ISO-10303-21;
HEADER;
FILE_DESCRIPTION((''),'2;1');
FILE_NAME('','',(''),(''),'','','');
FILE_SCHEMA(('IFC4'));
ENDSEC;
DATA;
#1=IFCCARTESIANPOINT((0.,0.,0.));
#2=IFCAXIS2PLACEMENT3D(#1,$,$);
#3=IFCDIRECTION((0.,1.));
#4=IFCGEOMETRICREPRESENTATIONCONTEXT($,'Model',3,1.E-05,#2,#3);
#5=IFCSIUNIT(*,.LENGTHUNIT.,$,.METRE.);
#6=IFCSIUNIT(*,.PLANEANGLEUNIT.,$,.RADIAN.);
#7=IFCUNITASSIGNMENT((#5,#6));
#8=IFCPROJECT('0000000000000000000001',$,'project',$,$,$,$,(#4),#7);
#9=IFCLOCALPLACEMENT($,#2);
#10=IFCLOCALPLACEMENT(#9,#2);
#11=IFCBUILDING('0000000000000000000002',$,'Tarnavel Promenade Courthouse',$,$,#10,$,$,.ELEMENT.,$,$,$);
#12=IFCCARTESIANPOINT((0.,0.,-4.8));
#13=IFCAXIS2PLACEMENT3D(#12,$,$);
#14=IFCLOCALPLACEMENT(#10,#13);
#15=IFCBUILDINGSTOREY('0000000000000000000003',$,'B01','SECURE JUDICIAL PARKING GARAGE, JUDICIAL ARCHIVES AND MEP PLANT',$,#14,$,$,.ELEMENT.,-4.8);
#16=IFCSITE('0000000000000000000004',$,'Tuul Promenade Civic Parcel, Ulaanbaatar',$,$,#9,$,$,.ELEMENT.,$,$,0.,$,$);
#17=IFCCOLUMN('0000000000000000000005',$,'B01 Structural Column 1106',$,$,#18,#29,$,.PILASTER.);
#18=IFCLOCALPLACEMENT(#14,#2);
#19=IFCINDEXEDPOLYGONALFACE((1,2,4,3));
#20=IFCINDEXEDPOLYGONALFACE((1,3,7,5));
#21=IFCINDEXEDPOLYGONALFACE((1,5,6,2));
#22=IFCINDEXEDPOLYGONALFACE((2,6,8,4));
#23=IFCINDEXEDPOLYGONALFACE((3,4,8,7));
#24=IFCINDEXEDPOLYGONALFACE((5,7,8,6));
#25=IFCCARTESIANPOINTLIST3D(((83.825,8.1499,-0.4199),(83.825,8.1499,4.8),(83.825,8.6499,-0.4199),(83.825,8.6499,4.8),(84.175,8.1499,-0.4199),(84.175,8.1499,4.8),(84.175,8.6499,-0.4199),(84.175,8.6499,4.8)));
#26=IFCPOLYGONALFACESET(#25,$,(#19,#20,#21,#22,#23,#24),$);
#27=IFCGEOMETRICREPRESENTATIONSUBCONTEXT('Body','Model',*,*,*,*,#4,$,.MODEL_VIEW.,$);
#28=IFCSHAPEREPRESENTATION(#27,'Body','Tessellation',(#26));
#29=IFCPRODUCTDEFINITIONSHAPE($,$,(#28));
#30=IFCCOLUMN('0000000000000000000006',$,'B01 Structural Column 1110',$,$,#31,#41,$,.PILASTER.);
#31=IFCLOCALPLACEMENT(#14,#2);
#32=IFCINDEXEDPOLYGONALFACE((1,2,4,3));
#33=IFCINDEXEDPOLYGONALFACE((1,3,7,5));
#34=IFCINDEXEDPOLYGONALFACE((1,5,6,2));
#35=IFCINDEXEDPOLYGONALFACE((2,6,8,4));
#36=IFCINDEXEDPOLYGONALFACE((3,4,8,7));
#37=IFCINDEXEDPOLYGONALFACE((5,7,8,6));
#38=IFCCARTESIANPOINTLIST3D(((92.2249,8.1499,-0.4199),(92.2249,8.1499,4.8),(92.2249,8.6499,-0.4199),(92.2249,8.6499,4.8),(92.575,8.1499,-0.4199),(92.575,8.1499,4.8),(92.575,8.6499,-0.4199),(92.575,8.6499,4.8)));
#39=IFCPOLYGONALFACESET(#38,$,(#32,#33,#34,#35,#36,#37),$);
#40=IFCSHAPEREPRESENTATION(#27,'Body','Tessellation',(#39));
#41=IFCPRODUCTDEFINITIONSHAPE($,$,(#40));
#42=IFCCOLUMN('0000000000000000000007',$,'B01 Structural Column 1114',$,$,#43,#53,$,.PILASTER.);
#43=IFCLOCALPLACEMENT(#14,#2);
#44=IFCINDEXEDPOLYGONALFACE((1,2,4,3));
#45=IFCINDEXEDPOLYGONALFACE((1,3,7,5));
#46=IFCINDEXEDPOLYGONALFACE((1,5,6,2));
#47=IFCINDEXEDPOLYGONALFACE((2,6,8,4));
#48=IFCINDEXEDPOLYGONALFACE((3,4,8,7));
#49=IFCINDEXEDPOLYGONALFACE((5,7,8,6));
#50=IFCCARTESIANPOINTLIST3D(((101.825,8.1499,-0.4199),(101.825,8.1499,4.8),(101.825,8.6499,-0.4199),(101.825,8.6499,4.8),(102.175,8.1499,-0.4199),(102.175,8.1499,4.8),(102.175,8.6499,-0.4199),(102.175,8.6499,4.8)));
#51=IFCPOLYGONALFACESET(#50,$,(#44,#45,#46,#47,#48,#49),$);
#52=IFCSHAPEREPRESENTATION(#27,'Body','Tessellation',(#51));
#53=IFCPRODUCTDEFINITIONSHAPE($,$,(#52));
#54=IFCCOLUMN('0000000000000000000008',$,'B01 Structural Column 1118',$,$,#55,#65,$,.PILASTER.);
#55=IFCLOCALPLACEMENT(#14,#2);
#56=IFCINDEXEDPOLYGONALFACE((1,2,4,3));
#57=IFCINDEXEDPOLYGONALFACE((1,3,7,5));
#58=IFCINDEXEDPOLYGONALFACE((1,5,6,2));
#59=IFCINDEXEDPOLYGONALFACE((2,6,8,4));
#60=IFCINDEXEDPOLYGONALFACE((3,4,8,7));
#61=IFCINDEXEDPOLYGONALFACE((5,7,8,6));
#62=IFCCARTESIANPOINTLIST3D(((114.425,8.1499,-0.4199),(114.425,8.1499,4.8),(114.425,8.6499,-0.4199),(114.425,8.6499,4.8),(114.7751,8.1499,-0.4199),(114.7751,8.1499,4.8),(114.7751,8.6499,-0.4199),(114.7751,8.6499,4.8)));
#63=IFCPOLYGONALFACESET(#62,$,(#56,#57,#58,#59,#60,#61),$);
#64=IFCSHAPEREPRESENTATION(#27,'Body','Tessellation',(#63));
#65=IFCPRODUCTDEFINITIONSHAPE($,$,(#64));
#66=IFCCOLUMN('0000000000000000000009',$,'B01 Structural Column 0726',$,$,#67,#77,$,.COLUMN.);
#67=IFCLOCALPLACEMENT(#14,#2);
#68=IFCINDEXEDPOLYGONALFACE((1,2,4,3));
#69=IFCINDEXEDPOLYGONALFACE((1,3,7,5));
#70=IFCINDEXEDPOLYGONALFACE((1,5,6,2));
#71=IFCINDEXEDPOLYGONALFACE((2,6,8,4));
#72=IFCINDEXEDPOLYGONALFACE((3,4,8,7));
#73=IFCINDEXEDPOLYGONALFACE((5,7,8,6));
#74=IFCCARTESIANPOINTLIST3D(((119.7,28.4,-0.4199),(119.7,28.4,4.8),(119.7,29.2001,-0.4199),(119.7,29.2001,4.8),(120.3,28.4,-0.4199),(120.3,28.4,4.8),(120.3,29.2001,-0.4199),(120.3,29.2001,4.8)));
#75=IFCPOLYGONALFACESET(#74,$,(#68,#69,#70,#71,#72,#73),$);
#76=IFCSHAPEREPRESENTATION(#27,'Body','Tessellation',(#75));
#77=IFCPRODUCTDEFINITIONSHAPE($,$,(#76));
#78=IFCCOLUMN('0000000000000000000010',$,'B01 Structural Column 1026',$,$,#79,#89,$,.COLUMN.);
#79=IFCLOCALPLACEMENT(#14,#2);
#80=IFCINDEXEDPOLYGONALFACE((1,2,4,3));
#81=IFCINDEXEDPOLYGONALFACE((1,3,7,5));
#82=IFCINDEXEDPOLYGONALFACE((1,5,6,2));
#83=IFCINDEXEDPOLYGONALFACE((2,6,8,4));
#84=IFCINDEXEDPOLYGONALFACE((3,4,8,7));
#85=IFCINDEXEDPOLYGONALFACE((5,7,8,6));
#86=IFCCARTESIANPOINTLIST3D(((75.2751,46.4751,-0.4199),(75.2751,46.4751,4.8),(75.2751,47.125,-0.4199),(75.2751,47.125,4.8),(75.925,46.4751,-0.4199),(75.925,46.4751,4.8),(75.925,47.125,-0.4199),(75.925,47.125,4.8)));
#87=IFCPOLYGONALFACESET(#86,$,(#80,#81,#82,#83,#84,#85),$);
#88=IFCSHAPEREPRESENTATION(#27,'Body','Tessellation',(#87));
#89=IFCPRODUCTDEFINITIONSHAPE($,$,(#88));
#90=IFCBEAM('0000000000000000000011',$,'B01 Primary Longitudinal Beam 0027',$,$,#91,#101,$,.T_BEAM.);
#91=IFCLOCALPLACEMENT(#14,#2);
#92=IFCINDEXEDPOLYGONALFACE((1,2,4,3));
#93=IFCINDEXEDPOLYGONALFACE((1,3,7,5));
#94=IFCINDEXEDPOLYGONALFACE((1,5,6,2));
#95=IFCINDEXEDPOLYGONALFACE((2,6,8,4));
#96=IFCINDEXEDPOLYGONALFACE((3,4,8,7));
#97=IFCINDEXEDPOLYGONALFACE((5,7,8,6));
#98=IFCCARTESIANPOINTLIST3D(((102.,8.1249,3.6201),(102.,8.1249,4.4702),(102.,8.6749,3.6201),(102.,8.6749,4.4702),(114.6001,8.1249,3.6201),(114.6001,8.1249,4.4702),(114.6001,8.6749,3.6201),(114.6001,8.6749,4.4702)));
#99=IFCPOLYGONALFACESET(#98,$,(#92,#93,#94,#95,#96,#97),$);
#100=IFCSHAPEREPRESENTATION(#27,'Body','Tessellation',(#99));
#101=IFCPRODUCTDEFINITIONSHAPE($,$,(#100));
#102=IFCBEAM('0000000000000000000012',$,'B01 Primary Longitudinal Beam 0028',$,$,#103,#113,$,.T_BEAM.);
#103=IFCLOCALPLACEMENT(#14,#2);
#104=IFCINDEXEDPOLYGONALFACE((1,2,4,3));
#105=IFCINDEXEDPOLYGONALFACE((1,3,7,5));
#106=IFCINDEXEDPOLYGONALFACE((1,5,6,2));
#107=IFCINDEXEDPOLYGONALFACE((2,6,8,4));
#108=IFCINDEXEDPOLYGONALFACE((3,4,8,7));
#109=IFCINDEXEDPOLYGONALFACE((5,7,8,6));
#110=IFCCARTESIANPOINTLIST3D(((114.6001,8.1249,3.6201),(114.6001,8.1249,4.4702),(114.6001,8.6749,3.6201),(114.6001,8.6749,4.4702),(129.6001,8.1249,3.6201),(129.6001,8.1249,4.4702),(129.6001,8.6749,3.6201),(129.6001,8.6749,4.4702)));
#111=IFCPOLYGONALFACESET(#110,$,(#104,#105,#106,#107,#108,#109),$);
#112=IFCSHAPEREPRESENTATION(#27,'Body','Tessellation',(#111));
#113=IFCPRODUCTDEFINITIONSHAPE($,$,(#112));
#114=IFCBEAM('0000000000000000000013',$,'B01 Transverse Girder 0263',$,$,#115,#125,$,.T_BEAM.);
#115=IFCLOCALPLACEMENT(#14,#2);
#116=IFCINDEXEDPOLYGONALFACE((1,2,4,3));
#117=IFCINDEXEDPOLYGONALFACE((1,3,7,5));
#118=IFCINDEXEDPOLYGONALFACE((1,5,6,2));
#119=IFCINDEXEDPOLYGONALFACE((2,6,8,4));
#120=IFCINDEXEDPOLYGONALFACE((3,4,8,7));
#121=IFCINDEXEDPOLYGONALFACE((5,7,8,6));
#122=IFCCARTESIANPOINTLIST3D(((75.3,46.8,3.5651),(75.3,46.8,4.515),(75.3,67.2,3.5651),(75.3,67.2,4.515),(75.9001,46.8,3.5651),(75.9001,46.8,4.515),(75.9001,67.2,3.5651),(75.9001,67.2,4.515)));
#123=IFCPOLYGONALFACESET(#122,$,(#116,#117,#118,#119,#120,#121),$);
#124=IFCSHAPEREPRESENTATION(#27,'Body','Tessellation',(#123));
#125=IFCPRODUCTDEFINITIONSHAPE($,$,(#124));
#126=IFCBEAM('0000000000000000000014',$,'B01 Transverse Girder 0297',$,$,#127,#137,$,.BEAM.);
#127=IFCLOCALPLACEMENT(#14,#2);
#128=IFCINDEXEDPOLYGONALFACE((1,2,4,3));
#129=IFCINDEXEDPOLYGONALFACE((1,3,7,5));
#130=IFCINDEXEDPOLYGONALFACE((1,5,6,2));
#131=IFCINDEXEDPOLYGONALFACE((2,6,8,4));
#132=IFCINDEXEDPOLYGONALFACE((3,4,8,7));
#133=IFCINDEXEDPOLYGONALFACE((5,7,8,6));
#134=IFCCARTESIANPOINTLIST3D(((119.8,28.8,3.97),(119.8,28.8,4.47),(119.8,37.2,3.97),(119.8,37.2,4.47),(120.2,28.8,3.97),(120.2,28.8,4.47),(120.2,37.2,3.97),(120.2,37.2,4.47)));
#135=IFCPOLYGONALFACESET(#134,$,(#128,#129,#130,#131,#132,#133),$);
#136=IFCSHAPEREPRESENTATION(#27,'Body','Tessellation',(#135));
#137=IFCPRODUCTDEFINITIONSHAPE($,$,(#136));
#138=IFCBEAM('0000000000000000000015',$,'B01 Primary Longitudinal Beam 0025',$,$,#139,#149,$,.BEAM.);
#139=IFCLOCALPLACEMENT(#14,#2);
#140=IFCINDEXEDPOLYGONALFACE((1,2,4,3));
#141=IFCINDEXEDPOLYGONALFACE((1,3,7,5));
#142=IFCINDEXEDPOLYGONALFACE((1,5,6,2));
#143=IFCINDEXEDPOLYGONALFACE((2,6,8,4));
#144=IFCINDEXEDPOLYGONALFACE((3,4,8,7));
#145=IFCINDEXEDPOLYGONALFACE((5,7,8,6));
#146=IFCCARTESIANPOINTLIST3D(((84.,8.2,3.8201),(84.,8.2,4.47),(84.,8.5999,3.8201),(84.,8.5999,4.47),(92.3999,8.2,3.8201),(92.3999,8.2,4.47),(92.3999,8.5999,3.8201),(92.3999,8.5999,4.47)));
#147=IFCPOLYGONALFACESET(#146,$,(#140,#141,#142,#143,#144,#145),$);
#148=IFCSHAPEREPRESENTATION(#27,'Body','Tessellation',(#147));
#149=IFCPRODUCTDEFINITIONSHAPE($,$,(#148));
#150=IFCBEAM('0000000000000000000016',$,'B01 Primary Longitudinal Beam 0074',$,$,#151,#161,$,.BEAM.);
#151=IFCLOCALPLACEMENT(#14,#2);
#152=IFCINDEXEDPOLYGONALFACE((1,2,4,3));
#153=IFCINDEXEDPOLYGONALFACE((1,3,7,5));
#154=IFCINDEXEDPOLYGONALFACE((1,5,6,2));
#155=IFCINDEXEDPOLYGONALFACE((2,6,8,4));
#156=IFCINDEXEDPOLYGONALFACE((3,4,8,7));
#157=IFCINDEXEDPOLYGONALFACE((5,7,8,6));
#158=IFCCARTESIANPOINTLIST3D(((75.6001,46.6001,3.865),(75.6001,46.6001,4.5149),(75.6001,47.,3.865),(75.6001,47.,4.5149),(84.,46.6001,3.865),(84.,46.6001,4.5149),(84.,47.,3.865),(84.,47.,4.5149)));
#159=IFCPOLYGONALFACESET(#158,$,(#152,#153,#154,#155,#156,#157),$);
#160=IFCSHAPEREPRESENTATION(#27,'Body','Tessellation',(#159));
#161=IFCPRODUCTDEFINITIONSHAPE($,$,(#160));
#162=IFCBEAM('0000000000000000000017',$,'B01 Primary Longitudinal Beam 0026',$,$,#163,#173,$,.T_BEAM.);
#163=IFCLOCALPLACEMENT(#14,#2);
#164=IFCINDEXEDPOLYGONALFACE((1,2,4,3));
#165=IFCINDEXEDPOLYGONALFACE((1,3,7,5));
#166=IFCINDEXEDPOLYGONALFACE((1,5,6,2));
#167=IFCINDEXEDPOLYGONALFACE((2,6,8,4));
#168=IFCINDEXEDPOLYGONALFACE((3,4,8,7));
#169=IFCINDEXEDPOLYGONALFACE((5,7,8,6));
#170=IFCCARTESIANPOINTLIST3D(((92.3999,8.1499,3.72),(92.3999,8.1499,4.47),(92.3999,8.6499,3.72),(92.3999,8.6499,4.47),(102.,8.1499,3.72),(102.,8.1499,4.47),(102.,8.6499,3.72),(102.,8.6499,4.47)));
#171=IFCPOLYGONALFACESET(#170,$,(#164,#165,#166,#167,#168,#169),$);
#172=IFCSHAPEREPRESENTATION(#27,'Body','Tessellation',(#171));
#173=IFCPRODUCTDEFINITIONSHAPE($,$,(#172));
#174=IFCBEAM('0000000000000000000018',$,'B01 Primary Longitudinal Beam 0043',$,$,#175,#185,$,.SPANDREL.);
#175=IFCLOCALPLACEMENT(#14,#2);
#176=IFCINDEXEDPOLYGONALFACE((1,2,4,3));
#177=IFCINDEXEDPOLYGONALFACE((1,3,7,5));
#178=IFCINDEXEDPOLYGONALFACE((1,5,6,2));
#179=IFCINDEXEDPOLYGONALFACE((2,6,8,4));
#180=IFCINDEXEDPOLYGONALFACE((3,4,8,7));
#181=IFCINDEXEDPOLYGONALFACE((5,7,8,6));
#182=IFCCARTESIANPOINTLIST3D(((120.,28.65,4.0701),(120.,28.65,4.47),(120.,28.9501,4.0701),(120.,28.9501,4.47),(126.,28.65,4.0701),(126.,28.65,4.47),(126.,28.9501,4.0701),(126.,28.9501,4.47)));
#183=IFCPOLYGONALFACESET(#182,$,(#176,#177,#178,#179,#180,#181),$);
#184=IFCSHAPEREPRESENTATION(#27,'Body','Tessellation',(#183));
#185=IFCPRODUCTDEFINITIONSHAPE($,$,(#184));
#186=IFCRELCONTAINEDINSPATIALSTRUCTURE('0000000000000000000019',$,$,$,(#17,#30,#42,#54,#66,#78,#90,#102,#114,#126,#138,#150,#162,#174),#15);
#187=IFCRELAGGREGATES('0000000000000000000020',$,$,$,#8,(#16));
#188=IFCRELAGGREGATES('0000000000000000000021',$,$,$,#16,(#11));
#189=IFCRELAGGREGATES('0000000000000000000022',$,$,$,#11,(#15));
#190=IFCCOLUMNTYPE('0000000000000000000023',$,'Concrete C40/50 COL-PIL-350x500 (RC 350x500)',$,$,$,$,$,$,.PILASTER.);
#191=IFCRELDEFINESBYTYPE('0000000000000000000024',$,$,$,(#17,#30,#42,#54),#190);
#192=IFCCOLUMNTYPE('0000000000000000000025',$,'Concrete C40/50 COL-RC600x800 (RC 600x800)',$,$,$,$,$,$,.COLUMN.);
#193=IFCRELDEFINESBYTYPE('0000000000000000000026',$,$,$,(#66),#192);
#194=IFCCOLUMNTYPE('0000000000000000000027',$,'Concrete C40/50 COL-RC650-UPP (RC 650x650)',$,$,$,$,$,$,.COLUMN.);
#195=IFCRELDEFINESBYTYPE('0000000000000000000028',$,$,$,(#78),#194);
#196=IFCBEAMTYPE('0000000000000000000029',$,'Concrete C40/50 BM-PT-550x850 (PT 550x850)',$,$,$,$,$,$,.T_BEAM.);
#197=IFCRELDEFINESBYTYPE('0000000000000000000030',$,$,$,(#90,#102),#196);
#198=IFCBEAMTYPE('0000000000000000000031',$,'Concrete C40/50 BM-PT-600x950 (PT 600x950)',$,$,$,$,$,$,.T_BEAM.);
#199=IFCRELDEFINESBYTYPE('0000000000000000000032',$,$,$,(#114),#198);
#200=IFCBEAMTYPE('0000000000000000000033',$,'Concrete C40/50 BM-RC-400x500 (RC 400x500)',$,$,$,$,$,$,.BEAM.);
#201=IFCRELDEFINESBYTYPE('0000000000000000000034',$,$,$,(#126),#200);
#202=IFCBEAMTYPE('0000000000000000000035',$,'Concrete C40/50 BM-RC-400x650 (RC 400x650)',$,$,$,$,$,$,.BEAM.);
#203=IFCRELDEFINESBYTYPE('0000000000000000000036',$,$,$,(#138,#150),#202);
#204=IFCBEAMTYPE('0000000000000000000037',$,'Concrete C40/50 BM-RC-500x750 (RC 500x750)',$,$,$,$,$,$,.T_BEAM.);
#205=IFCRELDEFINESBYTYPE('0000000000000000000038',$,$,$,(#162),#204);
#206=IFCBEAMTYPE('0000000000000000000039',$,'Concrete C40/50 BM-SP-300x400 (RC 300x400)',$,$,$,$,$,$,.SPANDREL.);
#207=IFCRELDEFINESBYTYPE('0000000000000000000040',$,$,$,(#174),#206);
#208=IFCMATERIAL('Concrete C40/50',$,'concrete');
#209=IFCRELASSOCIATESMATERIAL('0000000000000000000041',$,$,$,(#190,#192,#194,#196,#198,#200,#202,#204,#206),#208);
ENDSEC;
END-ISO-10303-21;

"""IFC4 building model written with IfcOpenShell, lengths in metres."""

from ifc_helpers import new_model, si_unit, direction, frame, origin, origin_2d, place, context, subcontext, project, spatial, rectangle, extrude, material, material_profile, profile_set, type_object, element, save


model = new_model("IFC4")

# Units and contexts
model_context = context("Model", 3, precision=1e-05, world=origin(), true_north=direction((0.0, 1.0)))
body_context = subcontext(model_context, "Body", "Model", "MODEL_VIEW")
ifc_project = project(units=[si_unit("LENGTHUNIT", "METRE"), si_unit("PLANEANGLEUNIT", "RADIAN")], contexts=[model_context])

# Site, building, storey
site_placement = place(None, origin())
site = spatial("IfcSite", under=ifc_project, at=site_placement, Name="Tuul Promenade Civic Parcel, Ulaanbaatar", CompositionType="ELEMENT", RefElevation=0.0)
building_placement = place(site_placement, origin())
building = spatial("IfcBuilding", under=site, at=building_placement, Name="Tarnavel Promenade Courthouse", CompositionType="ELEMENT")
storey_placement = place(building_placement, frame((0.0, 0.0, -4.8)))
storey = spatial("IfcBuildingStorey", under=building, at=storey_placement, Name="B01", Description="SECURE JUDICIAL PARKING GARAGE, JUDICIAL ARCHIVES AND MEP PLANT", CompositionType="ELEMENT", Elevation=-4.8)

# Columns
ifc_material_1 = material(Name="Concrete C40/50", Category="concrete")
ifc_material_profile_1 = material_profile(ifc_material_1, rectangle(XDim=0.3501, YDim=0.5, at=origin_2d()), Name="RC 350x500")
ifc_profile_set_1 = profile_set([ifc_material_profile_1], Name="Concrete C40/50")
column_type_1 = type_object("IfcColumnType", Name="Concrete C40/50 COL-PIL-350x500 (RC 350x500)", PredefinedType="PILASTER", material=ifc_profile_set_1)
for number, where, z_axis, x_axis, name in (
    (1, (84.0, 8.3999, -0.4199), (0.0, 0.0, 1.0), (1.0, 0.0, 0.0), "B01 Structural Column 1106"),
    (2, (92.3999, 8.3999, -0.4199), (0.0, 0.0, 1.0), (1.0, 0.0, 0.0), "B01 Structural Column 1110"),
    (3, (102.0, 8.3999, -0.4199), (0.0, 0.0, 1.0), (1.0, 0.0, 0.0), "B01 Structural Column 1114"),
    (4, (114.6001, 8.3999, -0.4199), (0.0, 0.0, 1.0), (1.0, 0.0, 0.0), "B01 Structural Column 1118"),
):
    element("IfcColumn", number, at=place(storey_placement, frame(where, z_axis=z_axis, x_axis=x_axis)), inside=storey, type_object=column_type_1, Name=name, PredefinedType="PILASTER", context=body_context, shape_type="SweptSolid", body=[
        extrude(rectangle(XDim=0.3501, YDim=0.5, at=origin_2d()), origin(), (0.0, 0.0, 1.0), 5.22),
    ])
ifc_material_profile_2 = material_profile(ifc_material_1, rectangle(XDim=0.6001, YDim=0.8, at=origin_2d()), Name="RC 600x800")
ifc_profile_set_2 = profile_set([ifc_material_profile_2], Name="Concrete C40/50")
column_type_2 = type_object("IfcColumnType", Name="Concrete C40/50 COL-RC600x800 (RC 600x800)", PredefinedType="COLUMN", material=ifc_profile_set_2)
column_1_placement = place(storey_placement, frame((120.0, 28.8, -0.4199), z_axis=(0.0, 0.0, 1.0), x_axis=(1.0, 0.0, 0.0)))
element("IfcColumn", 5, at=column_1_placement, inside=storey, type_object=column_type_2, Name="B01 Structural Column 0726", PredefinedType="COLUMN", context=body_context, shape_type="SweptSolid", body=[
    extrude(rectangle(XDim=0.6001, YDim=0.8, at=origin_2d()), origin(), (0.0, 0.0, 1.0), 5.22),
])
ifc_material_profile_3 = material_profile(ifc_material_1, rectangle(XDim=0.6499, YDim=0.6499, at=origin_2d()), Name="RC 650x650")
ifc_profile_set_3 = profile_set([ifc_material_profile_3], Name="Concrete C40/50")
column_type_3 = type_object("IfcColumnType", Name="Concrete C40/50 COL-RC650-UPP (RC 650x650)", PredefinedType="COLUMN", material=ifc_profile_set_3)
column_2_placement = place(storey_placement, frame((75.6001, 46.8, -0.4199), z_axis=(0.0, 0.0, 1.0), x_axis=(1.0, 0.0, 0.0)))
element("IfcColumn", 6, at=column_2_placement, inside=storey, type_object=column_type_3, Name="B01 Structural Column 1026", PredefinedType="COLUMN", context=body_context, shape_type="SweptSolid", body=[
    extrude(rectangle(XDim=0.6499, YDim=0.6499, at=origin_2d()), origin(), (0.0, 0.0, 1.0), 5.22),
])

# Beams
ifc_material_profile_4 = material_profile(ifc_material_1, rectangle(XDim=0.55, YDim=0.8501, at=origin_2d()), Name="PT 550x850")
ifc_profile_set_4 = profile_set([ifc_material_profile_4], Name="Concrete C40/50")
beam_type_1 = type_object("IfcBeamType", Name="Concrete C40/50 BM-PT-550x850 (PT 550x850)", PredefinedType="T_BEAM", material=ifc_profile_set_4)
beam_1_placement = place(storey_placement, frame((102.0, 8.3999, 4.0452), z_axis=(1.0, 0.0, 0.0), x_axis=(0.0, 1.0, 0.0)))
element("IfcBeam", 7, at=beam_1_placement, inside=storey, type_object=beam_type_1, Name="B01 Primary Longitudinal Beam 0027", PredefinedType="T_BEAM", context=body_context, shape_type="SweptSolid", body=[
    extrude(rectangle(XDim=0.55, YDim=0.8501, at=origin_2d()), origin(), (0.0, 0.0, 1.0), 12.6001),
])
beam_2_placement = place(storey_placement, frame((114.6001, 8.3999, 4.0452), z_axis=(1.0, 0.0, 0.0), x_axis=(0.0, 1.0, 0.0)))
element("IfcBeam", 8, at=beam_2_placement, inside=storey, type_object=beam_type_1, Name="B01 Primary Longitudinal Beam 0028", PredefinedType="T_BEAM", context=body_context, shape_type="SweptSolid", body=[
    extrude(rectangle(XDim=0.55, YDim=0.8501, at=origin_2d()), origin(), (0.0, 0.0, 1.0), 15.0),
])
ifc_material_profile_5 = material_profile(ifc_material_1, rectangle(XDim=0.6001, YDim=0.95, at=origin_2d()), Name="PT 600x950")
ifc_profile_set_5 = profile_set([ifc_material_profile_5], Name="Concrete C40/50")
beam_type_2 = type_object("IfcBeamType", Name="Concrete C40/50 BM-PT-600x950 (PT 600x950)", PredefinedType="T_BEAM", material=ifc_profile_set_5)
beam_3_placement = place(storey_placement, frame((75.6001, 46.8, 4.04), z_axis=(0.0, 1.0, 0.0), x_axis=(-1.0, 0.0, 0.0)))
element("IfcBeam", 9, at=beam_3_placement, inside=storey, type_object=beam_type_2, Name="B01 Transverse Girder 0263", PredefinedType="T_BEAM", context=body_context, shape_type="SweptSolid", body=[
    extrude(rectangle(XDim=0.6001, YDim=0.95, at=origin_2d()), origin(), (0.0, 0.0, 1.0), 20.3999),
])
ifc_material_profile_6 = material_profile(ifc_material_1, rectangle(XDim=0.3999, YDim=0.5, at=origin_2d()), Name="RC 400x500")
ifc_profile_set_6 = profile_set([ifc_material_profile_6], Name="Concrete C40/50")
beam_type_3 = type_object("IfcBeamType", Name="Concrete C40/50 BM-RC-400x500 (RC 400x500)", PredefinedType="BEAM", material=ifc_profile_set_6)
beam_4_placement = place(storey_placement, frame((120.0, 28.8, 4.22), z_axis=(0.0, 1.0, 0.0), x_axis=(-1.0, 0.0, 0.0)))
element("IfcBeam", 10, at=beam_4_placement, inside=storey, type_object=beam_type_3, Name="B01 Transverse Girder 0297", PredefinedType="BEAM", context=body_context, shape_type="SweptSolid", body=[
    extrude(rectangle(XDim=0.3999, YDim=0.5, at=origin_2d()), origin(), (0.0, 0.0, 1.0), 8.3999),
])
ifc_material_profile_7 = material_profile(ifc_material_1, rectangle(XDim=0.3999, YDim=0.6499, at=origin_2d()), Name="RC 400x650")
ifc_profile_set_7 = profile_set([ifc_material_profile_7], Name="Concrete C40/50")
beam_type_4 = type_object("IfcBeamType", Name="Concrete C40/50 BM-RC-400x650 (RC 400x650)", PredefinedType="BEAM", material=ifc_profile_set_7)
for number, where, z_axis, x_axis, name in (
    (11, (84.0, 8.3999, 4.145), (1.0, 0.0, 0.0), (0.0, 1.0, 0.0), "B01 Primary Longitudinal Beam 0025"),
    (12, (75.6001, 46.8, 4.1899), (1.0, 0.0, 0.0), (0.0, 1.0, 0.0), "B01 Primary Longitudinal Beam 0074"),
):
    element("IfcBeam", number, at=place(storey_placement, frame(where, z_axis=z_axis, x_axis=x_axis)), inside=storey, type_object=beam_type_4, Name=name, PredefinedType="BEAM", context=body_context, shape_type="SweptSolid", body=[
        extrude(rectangle(XDim=0.3999, YDim=0.6499, at=origin_2d()), origin(), (0.0, 0.0, 1.0), 8.3999),
    ])
ifc_material_profile_8 = material_profile(ifc_material_1, rectangle(XDim=0.5, YDim=0.75, at=origin_2d()), Name="RC 500x750")
ifc_profile_set_8 = profile_set([ifc_material_profile_8], Name="Concrete C40/50")
beam_type_5 = type_object("IfcBeamType", Name="Concrete C40/50 BM-RC-500x750 (RC 500x750)", PredefinedType="T_BEAM", material=ifc_profile_set_8)
beam_5_placement = place(storey_placement, frame((92.3999, 8.3999, 4.095), z_axis=(1.0, 0.0, 0.0), x_axis=(0.0, 1.0, 0.0)))
element("IfcBeam", 13, at=beam_5_placement, inside=storey, type_object=beam_type_5, Name="B01 Primary Longitudinal Beam 0026", PredefinedType="T_BEAM", context=body_context, shape_type="SweptSolid", body=[
    extrude(rectangle(XDim=0.5, YDim=0.75, at=origin_2d()), origin(), (0.0, 0.0, 1.0), 9.6001),
])
ifc_material_profile_9 = material_profile(ifc_material_1, rectangle(XDim=0.3, YDim=0.3999, at=origin_2d()), Name="RC 300x400")
ifc_profile_set_9 = profile_set([ifc_material_profile_9], Name="Concrete C40/50")
beam_type_6 = type_object("IfcBeamType", Name="Concrete C40/50 BM-SP-300x400 (RC 300x400)", PredefinedType="SPANDREL", material=ifc_profile_set_9)
beam_6_placement = place(storey_placement, frame((120.0, 28.8, 4.27), z_axis=(1.0, 0.0, 0.0), x_axis=(0.0, 1.0, 0.0)))
element("IfcBeam", 14, at=beam_6_placement, inside=storey, type_object=beam_type_6, Name="B01 Primary Longitudinal Beam 0043", PredefinedType="SPANDREL", context=body_context, shape_type="SweptSolid", body=[
    extrude(rectangle(XDim=0.3, YDim=0.3999, at=origin_2d()), origin(), (0.0, 0.0, 1.0), 6.0),
])

save(model, "model.ifc")
